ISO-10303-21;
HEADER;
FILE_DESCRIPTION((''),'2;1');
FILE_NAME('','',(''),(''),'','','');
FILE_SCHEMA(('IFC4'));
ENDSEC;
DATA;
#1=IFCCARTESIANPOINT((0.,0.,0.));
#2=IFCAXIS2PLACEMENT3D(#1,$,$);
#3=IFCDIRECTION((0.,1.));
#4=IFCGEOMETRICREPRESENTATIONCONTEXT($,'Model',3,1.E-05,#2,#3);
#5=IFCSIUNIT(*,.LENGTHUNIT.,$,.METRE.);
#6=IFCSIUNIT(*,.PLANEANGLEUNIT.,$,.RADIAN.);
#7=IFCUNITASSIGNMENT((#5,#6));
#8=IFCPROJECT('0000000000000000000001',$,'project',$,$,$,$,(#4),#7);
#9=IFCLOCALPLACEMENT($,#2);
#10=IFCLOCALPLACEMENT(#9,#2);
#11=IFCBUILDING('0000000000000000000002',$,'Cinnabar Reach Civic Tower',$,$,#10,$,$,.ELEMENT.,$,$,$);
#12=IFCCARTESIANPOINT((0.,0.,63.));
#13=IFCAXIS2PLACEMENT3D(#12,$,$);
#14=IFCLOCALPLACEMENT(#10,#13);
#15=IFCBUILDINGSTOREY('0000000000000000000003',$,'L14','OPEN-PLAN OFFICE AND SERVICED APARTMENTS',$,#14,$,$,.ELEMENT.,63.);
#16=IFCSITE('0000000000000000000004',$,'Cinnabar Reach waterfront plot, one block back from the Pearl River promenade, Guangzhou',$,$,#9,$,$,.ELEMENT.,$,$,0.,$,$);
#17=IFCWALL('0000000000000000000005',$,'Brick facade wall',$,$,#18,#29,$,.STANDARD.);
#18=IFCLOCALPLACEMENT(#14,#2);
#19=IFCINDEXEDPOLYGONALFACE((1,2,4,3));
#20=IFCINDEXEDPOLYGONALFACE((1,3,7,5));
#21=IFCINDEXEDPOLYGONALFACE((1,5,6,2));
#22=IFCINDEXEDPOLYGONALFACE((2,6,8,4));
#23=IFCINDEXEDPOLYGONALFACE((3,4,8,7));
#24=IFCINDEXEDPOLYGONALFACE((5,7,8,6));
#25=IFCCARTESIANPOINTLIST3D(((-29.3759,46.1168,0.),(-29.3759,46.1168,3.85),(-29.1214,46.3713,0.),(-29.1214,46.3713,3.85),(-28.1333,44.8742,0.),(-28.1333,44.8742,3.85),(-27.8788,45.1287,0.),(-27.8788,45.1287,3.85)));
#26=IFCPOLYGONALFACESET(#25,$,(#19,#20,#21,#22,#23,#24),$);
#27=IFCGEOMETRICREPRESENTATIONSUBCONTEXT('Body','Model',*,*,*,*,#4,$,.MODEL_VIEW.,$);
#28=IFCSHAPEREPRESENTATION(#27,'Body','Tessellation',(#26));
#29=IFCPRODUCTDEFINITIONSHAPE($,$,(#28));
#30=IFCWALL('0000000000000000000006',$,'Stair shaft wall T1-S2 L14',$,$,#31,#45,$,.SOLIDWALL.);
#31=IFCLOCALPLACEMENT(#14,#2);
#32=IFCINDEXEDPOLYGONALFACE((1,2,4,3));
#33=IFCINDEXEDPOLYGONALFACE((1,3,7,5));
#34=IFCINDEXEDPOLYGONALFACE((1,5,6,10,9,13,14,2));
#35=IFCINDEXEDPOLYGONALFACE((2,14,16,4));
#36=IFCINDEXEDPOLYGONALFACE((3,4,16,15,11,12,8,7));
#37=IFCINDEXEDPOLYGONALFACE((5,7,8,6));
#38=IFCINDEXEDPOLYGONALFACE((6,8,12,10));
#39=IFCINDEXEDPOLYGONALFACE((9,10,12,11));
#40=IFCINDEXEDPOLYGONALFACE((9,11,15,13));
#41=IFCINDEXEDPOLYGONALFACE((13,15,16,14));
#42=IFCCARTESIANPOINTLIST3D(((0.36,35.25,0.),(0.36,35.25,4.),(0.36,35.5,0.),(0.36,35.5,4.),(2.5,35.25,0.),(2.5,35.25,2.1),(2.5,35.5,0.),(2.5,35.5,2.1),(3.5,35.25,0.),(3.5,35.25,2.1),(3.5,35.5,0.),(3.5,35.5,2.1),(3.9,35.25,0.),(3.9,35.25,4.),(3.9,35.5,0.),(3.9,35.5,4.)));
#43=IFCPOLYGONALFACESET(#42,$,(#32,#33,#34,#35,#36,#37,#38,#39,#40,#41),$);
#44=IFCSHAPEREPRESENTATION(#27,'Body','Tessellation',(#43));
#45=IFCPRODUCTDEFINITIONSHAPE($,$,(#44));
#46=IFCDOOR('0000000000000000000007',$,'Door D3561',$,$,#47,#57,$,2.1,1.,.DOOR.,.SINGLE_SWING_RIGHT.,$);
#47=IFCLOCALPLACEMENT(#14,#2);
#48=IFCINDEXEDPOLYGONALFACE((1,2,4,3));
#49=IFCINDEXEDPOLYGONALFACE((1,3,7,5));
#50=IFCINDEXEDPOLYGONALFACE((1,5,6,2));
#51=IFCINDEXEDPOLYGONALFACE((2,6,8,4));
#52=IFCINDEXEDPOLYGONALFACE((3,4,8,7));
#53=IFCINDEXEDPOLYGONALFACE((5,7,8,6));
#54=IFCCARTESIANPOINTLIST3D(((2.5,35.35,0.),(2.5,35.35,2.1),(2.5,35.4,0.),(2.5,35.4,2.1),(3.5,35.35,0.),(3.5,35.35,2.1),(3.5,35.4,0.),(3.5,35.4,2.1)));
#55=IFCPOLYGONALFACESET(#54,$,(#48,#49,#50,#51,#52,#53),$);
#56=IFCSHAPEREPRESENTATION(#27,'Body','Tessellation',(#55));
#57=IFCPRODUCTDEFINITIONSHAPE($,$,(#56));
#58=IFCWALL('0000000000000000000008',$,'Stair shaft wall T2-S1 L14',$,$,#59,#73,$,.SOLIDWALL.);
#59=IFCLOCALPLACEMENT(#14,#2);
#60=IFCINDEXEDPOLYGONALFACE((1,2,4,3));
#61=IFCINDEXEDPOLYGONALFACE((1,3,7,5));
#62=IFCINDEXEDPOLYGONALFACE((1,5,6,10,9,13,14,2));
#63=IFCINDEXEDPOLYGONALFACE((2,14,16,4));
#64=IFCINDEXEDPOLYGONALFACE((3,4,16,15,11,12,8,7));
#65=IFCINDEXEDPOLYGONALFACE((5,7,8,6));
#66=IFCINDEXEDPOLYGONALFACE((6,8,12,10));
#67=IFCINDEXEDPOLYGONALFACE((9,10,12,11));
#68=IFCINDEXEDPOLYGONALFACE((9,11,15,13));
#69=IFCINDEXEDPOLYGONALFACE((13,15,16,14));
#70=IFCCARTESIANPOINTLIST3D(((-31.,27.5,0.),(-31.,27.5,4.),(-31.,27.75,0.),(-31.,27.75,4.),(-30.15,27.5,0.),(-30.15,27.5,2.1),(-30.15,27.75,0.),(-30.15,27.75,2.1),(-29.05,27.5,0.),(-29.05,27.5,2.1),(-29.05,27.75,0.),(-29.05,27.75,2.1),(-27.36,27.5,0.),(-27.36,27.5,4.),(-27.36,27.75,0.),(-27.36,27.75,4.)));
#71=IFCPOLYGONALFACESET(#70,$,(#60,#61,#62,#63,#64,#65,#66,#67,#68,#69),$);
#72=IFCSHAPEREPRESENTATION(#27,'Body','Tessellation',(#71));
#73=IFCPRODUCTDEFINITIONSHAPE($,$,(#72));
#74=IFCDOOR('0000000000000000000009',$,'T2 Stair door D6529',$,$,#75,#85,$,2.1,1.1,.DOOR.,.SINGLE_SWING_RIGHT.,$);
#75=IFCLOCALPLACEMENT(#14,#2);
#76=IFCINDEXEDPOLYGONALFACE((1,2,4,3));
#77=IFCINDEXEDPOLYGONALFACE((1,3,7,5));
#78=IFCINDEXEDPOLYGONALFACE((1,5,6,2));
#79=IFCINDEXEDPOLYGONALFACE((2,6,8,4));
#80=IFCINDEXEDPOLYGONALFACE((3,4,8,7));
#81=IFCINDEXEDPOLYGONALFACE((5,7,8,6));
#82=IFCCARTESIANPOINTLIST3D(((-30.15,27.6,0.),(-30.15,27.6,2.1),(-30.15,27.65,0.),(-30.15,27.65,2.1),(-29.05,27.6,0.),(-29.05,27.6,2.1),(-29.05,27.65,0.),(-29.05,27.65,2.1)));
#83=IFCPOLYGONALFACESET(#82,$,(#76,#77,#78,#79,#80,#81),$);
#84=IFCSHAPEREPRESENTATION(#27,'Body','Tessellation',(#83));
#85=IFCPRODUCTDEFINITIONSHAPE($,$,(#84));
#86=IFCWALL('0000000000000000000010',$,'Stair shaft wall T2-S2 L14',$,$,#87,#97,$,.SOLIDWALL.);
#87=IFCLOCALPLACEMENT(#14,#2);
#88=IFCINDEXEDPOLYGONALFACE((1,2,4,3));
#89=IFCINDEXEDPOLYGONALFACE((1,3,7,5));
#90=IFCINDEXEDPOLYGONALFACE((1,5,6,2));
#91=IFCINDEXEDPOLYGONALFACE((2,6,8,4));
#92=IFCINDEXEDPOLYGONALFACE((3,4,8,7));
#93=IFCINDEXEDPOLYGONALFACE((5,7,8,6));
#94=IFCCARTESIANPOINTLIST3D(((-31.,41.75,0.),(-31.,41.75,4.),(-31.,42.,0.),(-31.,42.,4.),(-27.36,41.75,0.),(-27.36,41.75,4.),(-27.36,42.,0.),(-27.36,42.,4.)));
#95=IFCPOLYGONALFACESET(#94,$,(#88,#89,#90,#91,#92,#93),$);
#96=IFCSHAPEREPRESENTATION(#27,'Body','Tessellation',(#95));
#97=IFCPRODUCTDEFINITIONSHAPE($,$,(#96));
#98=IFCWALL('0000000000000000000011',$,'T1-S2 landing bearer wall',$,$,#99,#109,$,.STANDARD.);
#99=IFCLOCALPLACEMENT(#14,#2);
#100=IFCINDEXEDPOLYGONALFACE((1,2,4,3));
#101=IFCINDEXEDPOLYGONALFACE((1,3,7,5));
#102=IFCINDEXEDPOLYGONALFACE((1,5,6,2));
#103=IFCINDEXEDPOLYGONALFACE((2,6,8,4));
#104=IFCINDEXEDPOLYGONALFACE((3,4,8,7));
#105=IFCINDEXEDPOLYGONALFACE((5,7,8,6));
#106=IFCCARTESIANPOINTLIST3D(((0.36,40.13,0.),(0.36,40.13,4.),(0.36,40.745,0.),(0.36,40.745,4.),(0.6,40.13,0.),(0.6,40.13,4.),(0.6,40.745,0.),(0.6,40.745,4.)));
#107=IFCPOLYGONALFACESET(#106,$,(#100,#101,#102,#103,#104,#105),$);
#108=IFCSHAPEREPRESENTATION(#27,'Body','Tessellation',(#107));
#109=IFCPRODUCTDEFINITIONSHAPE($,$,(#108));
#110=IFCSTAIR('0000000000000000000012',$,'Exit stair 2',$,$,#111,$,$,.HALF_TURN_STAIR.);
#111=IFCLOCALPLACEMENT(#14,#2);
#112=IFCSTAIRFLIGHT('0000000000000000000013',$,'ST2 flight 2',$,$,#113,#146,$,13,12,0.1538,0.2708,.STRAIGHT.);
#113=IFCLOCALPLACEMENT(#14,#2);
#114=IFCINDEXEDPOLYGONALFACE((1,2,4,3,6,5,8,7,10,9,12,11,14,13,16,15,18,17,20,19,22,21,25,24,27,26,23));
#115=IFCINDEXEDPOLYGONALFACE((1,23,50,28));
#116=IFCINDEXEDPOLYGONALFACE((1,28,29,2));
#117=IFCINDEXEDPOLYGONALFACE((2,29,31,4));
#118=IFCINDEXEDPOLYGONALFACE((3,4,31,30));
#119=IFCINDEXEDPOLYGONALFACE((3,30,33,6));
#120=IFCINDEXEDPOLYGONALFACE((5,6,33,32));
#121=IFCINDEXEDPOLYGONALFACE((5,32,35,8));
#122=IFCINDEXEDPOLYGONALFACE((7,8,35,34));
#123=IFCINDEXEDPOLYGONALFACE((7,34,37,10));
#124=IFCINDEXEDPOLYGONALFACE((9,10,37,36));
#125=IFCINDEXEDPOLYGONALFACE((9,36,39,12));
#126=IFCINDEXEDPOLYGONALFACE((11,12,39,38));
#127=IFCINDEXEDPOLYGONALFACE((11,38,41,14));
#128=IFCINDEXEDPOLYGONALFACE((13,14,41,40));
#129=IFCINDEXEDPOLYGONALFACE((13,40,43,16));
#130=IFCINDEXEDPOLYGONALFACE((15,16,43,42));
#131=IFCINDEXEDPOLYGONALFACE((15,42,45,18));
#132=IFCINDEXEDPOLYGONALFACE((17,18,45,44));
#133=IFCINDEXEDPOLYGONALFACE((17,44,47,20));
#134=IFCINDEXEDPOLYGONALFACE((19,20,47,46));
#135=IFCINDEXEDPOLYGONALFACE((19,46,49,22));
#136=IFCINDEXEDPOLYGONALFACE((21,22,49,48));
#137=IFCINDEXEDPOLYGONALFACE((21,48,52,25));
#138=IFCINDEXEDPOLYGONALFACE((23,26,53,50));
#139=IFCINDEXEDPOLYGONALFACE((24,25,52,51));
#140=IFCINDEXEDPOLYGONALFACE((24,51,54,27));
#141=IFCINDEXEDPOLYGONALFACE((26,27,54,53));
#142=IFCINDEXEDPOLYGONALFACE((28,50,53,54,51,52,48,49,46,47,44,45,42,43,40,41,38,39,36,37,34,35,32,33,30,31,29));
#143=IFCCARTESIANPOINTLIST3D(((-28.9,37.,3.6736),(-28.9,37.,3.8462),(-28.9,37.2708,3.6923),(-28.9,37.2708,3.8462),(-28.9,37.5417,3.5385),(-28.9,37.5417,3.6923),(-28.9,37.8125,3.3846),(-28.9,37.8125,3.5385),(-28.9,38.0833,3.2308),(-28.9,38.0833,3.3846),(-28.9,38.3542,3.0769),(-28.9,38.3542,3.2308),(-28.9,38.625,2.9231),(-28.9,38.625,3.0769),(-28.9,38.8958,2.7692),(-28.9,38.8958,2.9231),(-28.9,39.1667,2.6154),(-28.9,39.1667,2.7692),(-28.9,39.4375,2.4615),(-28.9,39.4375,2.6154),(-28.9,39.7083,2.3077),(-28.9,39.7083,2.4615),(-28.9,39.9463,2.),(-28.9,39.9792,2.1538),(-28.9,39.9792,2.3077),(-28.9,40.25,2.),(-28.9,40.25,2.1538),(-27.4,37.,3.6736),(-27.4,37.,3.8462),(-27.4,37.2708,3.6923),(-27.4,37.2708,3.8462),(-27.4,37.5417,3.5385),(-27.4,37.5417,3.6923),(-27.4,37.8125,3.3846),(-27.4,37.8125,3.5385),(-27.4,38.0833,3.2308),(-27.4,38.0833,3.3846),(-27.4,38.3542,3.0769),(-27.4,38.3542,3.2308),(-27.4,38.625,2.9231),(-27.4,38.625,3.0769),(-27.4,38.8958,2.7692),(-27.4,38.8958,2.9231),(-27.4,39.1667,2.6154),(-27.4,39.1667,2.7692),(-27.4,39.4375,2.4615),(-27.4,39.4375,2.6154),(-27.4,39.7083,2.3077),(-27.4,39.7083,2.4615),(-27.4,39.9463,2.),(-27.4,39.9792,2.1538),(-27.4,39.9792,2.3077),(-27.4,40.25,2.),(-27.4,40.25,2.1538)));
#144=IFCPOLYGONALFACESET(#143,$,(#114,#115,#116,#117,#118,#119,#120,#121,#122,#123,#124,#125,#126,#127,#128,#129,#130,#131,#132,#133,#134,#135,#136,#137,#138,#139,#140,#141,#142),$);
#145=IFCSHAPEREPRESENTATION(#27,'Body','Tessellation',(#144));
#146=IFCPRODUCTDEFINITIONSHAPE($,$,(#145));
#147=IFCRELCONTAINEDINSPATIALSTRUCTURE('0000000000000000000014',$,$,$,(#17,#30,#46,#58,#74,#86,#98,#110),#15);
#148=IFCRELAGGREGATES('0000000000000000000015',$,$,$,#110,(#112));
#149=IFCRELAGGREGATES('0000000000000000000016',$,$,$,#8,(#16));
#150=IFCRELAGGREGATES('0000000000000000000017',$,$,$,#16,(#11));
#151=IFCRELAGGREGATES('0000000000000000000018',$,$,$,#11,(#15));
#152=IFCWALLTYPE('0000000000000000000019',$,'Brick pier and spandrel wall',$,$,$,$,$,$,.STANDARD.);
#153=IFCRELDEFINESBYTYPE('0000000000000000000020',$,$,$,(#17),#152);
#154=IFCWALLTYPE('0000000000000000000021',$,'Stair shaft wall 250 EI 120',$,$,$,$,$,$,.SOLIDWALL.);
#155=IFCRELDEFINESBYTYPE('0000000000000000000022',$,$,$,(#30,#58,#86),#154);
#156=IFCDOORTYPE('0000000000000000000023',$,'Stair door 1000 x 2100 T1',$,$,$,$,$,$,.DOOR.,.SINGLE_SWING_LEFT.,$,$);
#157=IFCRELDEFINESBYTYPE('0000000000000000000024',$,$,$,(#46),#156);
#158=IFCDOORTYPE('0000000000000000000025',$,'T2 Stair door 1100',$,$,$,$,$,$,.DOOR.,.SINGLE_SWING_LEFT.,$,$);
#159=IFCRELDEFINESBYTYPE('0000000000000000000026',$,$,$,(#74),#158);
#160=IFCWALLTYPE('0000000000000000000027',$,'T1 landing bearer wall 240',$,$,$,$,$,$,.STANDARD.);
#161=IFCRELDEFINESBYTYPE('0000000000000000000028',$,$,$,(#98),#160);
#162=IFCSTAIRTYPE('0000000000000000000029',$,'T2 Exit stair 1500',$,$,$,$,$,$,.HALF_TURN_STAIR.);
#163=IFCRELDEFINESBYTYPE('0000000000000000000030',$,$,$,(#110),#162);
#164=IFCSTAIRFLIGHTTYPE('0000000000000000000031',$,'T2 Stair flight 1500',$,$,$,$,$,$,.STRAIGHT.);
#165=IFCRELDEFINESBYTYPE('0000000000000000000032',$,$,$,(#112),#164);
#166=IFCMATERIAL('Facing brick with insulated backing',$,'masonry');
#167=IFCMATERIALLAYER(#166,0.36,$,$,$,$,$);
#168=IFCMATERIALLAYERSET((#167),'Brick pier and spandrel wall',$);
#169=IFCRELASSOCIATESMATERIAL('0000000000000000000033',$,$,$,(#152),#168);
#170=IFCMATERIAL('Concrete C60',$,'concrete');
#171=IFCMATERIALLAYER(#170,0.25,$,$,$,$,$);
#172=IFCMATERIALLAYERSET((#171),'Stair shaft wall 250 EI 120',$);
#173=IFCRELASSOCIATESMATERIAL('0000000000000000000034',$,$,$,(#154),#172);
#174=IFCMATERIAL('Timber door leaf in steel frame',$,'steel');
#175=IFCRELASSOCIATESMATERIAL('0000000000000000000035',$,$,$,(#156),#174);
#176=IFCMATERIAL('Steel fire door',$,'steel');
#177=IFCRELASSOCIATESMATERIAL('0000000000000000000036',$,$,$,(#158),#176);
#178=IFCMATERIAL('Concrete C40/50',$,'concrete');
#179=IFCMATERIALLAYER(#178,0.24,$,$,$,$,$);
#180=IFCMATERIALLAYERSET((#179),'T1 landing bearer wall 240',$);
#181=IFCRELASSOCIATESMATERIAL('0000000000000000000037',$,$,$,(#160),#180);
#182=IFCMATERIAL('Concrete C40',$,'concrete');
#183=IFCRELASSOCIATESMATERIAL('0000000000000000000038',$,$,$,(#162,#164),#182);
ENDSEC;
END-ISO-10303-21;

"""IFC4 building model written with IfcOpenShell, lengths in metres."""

from ifc_helpers import new_model, si_unit, direction, frame, frame_2d, origin, place, context, subcontext, project, spatial, polyline, rectangle, outline, extrude, material, layer, layer_set, type_object, element, fill, aggregate, save


model = new_model("IFC4")

# Units and contexts
model_context = context("Model", 3, precision=1e-05, world=origin(), true_north=direction((0.0, 1.0)))
body_context = subcontext(model_context, "Body", "Model", "MODEL_VIEW")
ifc_project = project(units=[si_unit("LENGTHUNIT", "METRE"), si_unit("PLANEANGLEUNIT", "RADIAN")], contexts=[model_context])

# Site, building, storey
site_placement = place(None, origin())
site = spatial("IfcSite", under=ifc_project, at=site_placement, Name="Cinnabar Reach waterfront plot, one block back from the Pearl River promenade, Guangzhou", CompositionType="ELEMENT", RefElevation=0.0)
building_placement = place(site_placement, origin())
building = spatial("IfcBuilding", under=site, at=building_placement, Name="Cinnabar Reach Civic Tower", CompositionType="ELEMENT")
storey_placement = place(building_placement, frame((0.0, 0.0, 63.0)))
storey = spatial("IfcBuildingStorey", under=building, at=storey_placement, Name="L14", Description="OPEN-PLAN OFFICE AND SERVICED APARTMENTS", CompositionType="ELEMENT", Elevation=63.0)

# Shared definitions
ifc_material_1 = material(Name="Concrete C60", Category="concrete")

# Shared definitions
ifc_material_2 = material(Name="Concrete C40", Category="concrete")

# Shared definitions
ifc_material_3 = material(Name="Facing brick with insulated backing", Category="masonry")
ifc_layer_1 = layer(ifc_material_3, 0.36)
ifc_layer_set_1 = layer_set([ifc_layer_1], Name="Brick pier and spandrel wall")
wall_type_1 = type_object("IfcWallType", Name="Brick pier and spandrel wall", PredefinedType="STANDARD", material=ifc_layer_set_1)

# Wall
wall_1_placement = place(storey_placement, frame((-28.006, 45.0014, 0.0), z_axis=(0.0, 0.0, 1.0), x_axis=(-0.707107, 0.707107, 0.0)))
element("IfcWall", 1, at=wall_1_placement, inside=storey, type_object=wall_type_1, Name="Brick facade wall", PredefinedType="STANDARD", context=body_context, shape_type="SweptSolid", body=[
    extrude(rectangle(XDim=1.7573, YDim=0.36, at=frame_2d((0.8787, 0.0))), origin(), (0.0, 0.0, 1.0), 3.85),
])

# Walls, openings, doors
ifc_layer_2 = layer(ifc_material_1, 0.25)
ifc_layer_set_2 = layer_set([ifc_layer_2], Name="Stair shaft wall 250 EI 120")
wall_type_2 = type_object("IfcWallType", Name="Stair shaft wall 250 EI 120", PredefinedType="SOLIDWALL", material=ifc_layer_set_2)
wall_2_placement = place(storey_placement, frame((0.36, 35.375, 0.0), z_axis=(0.0, 0.0, 1.0), x_axis=(1.0, 0.0, 0.0)))
wall_2 = element("IfcWall", 2, at=wall_2_placement, inside=storey, type_object=wall_type_2, Name="Stair shaft wall T1-S2 L14", PredefinedType="SOLIDWALL", context=body_context, shape_type="SweptSolid", body=[
    extrude(rectangle(XDim=3.54, YDim=0.25, at=frame_2d((1.77, 0.0))), origin(), (0.0, 0.0, 1.0), 4.0),
])
opening_1_placement = place(wall_2_placement, frame((2.14, 0.0, 0.0)))
opening_1 = element("IfcOpeningElement", 3, at=opening_1_placement, cuts=wall_2, PredefinedType="OPENING", context=body_context, shape_type="SweptSolid", body=[
    extrude(rectangle(XDim=1.0, YDim=2.1, at=frame_2d((0.5, 1.05))), frame((0.0, 0.135, 0.0), z_axis=(0.0, -1.0, 0.0), x_axis=(1.0, 0.0, 0.0)), (0.0, 0.0, 1.0), 0.27),
])
ifc_material_4 = material(Name="Timber door leaf in steel frame", Category="steel")
door_type_1 = type_object("IfcDoorType", Name="Stair door 1000 x 2100 T1", OperationType="SINGLE_SWING_LEFT", PredefinedType="DOOR", material=ifc_material_4)
door_1_placement = place(opening_1_placement, origin())
door_1 = element("IfcDoor", 4, at=door_1_placement, inside=storey, type_object=door_type_1, Name="Door D3561", OperationType="SINGLE_SWING_RIGHT", OverallHeight=2.1, OverallWidth=1.0, PredefinedType="DOOR", context=body_context, shape_type="SweptSolid", body=[
    extrude(rectangle(XDim=1.0, YDim=2.1, at=frame_2d((0.5, 1.05))), frame((0.0, 0.025, 0.0), z_axis=(0.0, -1.0, 0.0), x_axis=(1.0, 0.0, 0.0)), (0.0, 0.0, 1.0), 0.05),
])
fill(opening_1, door_1)
wall_3_placement = place(storey_placement, frame((-27.36, 27.625, 0.0), z_axis=(0.0, 0.0, 1.0), x_axis=(-1.0, 0.0, 0.0)))
wall_3 = element("IfcWall", 5, at=wall_3_placement, inside=storey, type_object=wall_type_2, Name="Stair shaft wall T2-S1 L14", PredefinedType="SOLIDWALL", context=body_context, shape_type="SweptSolid", body=[
    extrude(rectangle(XDim=3.64, YDim=0.25, at=frame_2d((1.82, 0.0))), origin(), (0.0, 0.0, 1.0), 4.0),
])
opening_2_placement = place(wall_3_placement, frame((1.69, 0.0, 0.0)))
opening_2 = element("IfcOpeningElement", 6, at=opening_2_placement, cuts=wall_3, PredefinedType="OPENING", context=body_context, shape_type="SweptSolid", body=[
    extrude(rectangle(XDim=1.1, YDim=2.1, at=frame_2d((0.55, 1.05))), frame((0.0, 0.135, 0.0), z_axis=(0.0, -1.0, 0.0), x_axis=(1.0, 0.0, 0.0)), (0.0, 0.0, 1.0), 0.27),
])
ifc_material_5 = material(Name="Steel fire door", Category="steel")
door_type_2 = type_object("IfcDoorType", Name="T2 Stair door 1100", OperationType="SINGLE_SWING_LEFT", PredefinedType="DOOR", material=ifc_material_5)
door_2_placement = place(opening_2_placement, origin())
door_2 = element("IfcDoor", 7, at=door_2_placement, inside=storey, type_object=door_type_2, Name="T2 Stair door D6529", OperationType="SINGLE_SWING_RIGHT", OverallHeight=2.1, OverallWidth=1.1, PredefinedType="DOOR", context=body_context, shape_type="SweptSolid", body=[
    extrude(rectangle(XDim=1.1, YDim=2.1, at=frame_2d((0.55, 1.05))), frame((0.0, 0.025, 0.0), z_axis=(0.0, -1.0, 0.0), x_axis=(1.0, 0.0, 0.0)), (0.0, 0.0, 1.0), 0.05),
])
fill(opening_2, door_2)

# Walls
wall_4_placement = place(storey_placement, frame((-27.36, 41.875, 0.0), z_axis=(0.0, 0.0, 1.0), x_axis=(-1.0, 0.0, 0.0)))
element("IfcWall", 8, at=wall_4_placement, inside=storey, type_object=wall_type_2, Name="Stair shaft wall T2-S2 L14", PredefinedType="SOLIDWALL", context=body_context, shape_type="SweptSolid", body=[
    extrude(rectangle(XDim=3.64, YDim=0.25, at=frame_2d((1.82, 0.0))), origin(), (0.0, 0.0, 1.0), 4.0),
])
ifc_material_6 = material(Name="Concrete C40/50", Category="concrete")
ifc_layer_3 = layer(ifc_material_6, 0.24)
ifc_layer_set_3 = layer_set([ifc_layer_3], Name="T1 landing bearer wall 240")
wall_type_3 = type_object("IfcWallType", Name="T1 landing bearer wall 240", PredefinedType="STANDARD", material=ifc_layer_set_3)
wall_5_placement = place(storey_placement, frame((0.48, 40.13, 0.0), z_axis=(0.0, 0.0, 1.0), x_axis=(0.0, 1.0, 0.0)))
element("IfcWall", 9, at=wall_5_placement, inside=storey, type_object=wall_type_3, Name="T1-S2 landing bearer wall", PredefinedType="STANDARD", context=body_context, shape_type="SweptSolid", body=[
    extrude(rectangle(XDim=0.6151, YDim=0.24, at=frame_2d((0.3075, 0.0))), origin(), (0.0, 0.0, 1.0), 4.0),
])

# Stair, stair flight
stair_type_1 = type_object("IfcStairType", Name="T2 Exit stair 1500", PredefinedType="HALF_TURN_STAIR", material=ifc_material_2)
stair_1_placement = place(storey_placement, origin())
stair_1 = element("IfcStair", 10, at=stair_1_placement, inside=storey, type_object=stair_type_1, Name="Exit stair 2", PredefinedType="HALF_TURN_STAIR")
stair_flight_type = type_object("IfcStairFlightType", Name="T2 Stair flight 1500", PredefinedType="STRAIGHT", material=ifc_material_2)
stair_flight_placement = place(storey_placement, frame((-28.15, 40.25, 2.0), z_axis=(0.0, 0.0, 1.0), x_axis=(0.0, -1.0, 0.0)))
stair_flight = element("IfcStairFlight", 11, at=stair_flight_placement, type_object=stair_flight_type, Name="ST2 flight 2", NumberOfRisers=13, NumberOfTreads=12, PredefinedType="STRAIGHT", RiserHeight=0.1538, TreadLength=0.2708, context=body_context, shape_type="SweptSolid", body=[
    extrude(outline(polyline([(0.0, 0.0), (0.0, 0.1538), (0.2708, 0.1538), (0.2708, 0.3077), (0.5417, 0.3077), (0.5417, 0.4615), (0.8125, 0.4615), (0.8125, 0.6154), (1.0833, 0.6154), (1.0833, 0.7692), (1.3542, 0.7692), (1.3542, 0.9231), (1.625, 0.9231), (1.625, 1.0769), (1.8958, 1.0769), (1.8958, 1.2308), (2.1667, 1.2308), (2.1667, 1.3846), (2.4375, 1.3846), (2.4375, 1.5385), (2.7083, 1.5385), (2.7083, 1.6923), (2.9792, 1.6923), (2.9792, 1.8462), (3.25, 1.8462), (3.25, 2.0), (3.25, 1.6736), (0.3037, 0.0), (0.0, 0.0)])), frame((0.0, 0.75, 0.0), z_axis=(0.0, -1.0, 0.0), x_axis=(1.0, 0.0, 0.0)), (0.0, 0.0, 1.0), 1.5),
])
aggregate(stair_1, [stair_flight])

save(model, "model.ifc")
